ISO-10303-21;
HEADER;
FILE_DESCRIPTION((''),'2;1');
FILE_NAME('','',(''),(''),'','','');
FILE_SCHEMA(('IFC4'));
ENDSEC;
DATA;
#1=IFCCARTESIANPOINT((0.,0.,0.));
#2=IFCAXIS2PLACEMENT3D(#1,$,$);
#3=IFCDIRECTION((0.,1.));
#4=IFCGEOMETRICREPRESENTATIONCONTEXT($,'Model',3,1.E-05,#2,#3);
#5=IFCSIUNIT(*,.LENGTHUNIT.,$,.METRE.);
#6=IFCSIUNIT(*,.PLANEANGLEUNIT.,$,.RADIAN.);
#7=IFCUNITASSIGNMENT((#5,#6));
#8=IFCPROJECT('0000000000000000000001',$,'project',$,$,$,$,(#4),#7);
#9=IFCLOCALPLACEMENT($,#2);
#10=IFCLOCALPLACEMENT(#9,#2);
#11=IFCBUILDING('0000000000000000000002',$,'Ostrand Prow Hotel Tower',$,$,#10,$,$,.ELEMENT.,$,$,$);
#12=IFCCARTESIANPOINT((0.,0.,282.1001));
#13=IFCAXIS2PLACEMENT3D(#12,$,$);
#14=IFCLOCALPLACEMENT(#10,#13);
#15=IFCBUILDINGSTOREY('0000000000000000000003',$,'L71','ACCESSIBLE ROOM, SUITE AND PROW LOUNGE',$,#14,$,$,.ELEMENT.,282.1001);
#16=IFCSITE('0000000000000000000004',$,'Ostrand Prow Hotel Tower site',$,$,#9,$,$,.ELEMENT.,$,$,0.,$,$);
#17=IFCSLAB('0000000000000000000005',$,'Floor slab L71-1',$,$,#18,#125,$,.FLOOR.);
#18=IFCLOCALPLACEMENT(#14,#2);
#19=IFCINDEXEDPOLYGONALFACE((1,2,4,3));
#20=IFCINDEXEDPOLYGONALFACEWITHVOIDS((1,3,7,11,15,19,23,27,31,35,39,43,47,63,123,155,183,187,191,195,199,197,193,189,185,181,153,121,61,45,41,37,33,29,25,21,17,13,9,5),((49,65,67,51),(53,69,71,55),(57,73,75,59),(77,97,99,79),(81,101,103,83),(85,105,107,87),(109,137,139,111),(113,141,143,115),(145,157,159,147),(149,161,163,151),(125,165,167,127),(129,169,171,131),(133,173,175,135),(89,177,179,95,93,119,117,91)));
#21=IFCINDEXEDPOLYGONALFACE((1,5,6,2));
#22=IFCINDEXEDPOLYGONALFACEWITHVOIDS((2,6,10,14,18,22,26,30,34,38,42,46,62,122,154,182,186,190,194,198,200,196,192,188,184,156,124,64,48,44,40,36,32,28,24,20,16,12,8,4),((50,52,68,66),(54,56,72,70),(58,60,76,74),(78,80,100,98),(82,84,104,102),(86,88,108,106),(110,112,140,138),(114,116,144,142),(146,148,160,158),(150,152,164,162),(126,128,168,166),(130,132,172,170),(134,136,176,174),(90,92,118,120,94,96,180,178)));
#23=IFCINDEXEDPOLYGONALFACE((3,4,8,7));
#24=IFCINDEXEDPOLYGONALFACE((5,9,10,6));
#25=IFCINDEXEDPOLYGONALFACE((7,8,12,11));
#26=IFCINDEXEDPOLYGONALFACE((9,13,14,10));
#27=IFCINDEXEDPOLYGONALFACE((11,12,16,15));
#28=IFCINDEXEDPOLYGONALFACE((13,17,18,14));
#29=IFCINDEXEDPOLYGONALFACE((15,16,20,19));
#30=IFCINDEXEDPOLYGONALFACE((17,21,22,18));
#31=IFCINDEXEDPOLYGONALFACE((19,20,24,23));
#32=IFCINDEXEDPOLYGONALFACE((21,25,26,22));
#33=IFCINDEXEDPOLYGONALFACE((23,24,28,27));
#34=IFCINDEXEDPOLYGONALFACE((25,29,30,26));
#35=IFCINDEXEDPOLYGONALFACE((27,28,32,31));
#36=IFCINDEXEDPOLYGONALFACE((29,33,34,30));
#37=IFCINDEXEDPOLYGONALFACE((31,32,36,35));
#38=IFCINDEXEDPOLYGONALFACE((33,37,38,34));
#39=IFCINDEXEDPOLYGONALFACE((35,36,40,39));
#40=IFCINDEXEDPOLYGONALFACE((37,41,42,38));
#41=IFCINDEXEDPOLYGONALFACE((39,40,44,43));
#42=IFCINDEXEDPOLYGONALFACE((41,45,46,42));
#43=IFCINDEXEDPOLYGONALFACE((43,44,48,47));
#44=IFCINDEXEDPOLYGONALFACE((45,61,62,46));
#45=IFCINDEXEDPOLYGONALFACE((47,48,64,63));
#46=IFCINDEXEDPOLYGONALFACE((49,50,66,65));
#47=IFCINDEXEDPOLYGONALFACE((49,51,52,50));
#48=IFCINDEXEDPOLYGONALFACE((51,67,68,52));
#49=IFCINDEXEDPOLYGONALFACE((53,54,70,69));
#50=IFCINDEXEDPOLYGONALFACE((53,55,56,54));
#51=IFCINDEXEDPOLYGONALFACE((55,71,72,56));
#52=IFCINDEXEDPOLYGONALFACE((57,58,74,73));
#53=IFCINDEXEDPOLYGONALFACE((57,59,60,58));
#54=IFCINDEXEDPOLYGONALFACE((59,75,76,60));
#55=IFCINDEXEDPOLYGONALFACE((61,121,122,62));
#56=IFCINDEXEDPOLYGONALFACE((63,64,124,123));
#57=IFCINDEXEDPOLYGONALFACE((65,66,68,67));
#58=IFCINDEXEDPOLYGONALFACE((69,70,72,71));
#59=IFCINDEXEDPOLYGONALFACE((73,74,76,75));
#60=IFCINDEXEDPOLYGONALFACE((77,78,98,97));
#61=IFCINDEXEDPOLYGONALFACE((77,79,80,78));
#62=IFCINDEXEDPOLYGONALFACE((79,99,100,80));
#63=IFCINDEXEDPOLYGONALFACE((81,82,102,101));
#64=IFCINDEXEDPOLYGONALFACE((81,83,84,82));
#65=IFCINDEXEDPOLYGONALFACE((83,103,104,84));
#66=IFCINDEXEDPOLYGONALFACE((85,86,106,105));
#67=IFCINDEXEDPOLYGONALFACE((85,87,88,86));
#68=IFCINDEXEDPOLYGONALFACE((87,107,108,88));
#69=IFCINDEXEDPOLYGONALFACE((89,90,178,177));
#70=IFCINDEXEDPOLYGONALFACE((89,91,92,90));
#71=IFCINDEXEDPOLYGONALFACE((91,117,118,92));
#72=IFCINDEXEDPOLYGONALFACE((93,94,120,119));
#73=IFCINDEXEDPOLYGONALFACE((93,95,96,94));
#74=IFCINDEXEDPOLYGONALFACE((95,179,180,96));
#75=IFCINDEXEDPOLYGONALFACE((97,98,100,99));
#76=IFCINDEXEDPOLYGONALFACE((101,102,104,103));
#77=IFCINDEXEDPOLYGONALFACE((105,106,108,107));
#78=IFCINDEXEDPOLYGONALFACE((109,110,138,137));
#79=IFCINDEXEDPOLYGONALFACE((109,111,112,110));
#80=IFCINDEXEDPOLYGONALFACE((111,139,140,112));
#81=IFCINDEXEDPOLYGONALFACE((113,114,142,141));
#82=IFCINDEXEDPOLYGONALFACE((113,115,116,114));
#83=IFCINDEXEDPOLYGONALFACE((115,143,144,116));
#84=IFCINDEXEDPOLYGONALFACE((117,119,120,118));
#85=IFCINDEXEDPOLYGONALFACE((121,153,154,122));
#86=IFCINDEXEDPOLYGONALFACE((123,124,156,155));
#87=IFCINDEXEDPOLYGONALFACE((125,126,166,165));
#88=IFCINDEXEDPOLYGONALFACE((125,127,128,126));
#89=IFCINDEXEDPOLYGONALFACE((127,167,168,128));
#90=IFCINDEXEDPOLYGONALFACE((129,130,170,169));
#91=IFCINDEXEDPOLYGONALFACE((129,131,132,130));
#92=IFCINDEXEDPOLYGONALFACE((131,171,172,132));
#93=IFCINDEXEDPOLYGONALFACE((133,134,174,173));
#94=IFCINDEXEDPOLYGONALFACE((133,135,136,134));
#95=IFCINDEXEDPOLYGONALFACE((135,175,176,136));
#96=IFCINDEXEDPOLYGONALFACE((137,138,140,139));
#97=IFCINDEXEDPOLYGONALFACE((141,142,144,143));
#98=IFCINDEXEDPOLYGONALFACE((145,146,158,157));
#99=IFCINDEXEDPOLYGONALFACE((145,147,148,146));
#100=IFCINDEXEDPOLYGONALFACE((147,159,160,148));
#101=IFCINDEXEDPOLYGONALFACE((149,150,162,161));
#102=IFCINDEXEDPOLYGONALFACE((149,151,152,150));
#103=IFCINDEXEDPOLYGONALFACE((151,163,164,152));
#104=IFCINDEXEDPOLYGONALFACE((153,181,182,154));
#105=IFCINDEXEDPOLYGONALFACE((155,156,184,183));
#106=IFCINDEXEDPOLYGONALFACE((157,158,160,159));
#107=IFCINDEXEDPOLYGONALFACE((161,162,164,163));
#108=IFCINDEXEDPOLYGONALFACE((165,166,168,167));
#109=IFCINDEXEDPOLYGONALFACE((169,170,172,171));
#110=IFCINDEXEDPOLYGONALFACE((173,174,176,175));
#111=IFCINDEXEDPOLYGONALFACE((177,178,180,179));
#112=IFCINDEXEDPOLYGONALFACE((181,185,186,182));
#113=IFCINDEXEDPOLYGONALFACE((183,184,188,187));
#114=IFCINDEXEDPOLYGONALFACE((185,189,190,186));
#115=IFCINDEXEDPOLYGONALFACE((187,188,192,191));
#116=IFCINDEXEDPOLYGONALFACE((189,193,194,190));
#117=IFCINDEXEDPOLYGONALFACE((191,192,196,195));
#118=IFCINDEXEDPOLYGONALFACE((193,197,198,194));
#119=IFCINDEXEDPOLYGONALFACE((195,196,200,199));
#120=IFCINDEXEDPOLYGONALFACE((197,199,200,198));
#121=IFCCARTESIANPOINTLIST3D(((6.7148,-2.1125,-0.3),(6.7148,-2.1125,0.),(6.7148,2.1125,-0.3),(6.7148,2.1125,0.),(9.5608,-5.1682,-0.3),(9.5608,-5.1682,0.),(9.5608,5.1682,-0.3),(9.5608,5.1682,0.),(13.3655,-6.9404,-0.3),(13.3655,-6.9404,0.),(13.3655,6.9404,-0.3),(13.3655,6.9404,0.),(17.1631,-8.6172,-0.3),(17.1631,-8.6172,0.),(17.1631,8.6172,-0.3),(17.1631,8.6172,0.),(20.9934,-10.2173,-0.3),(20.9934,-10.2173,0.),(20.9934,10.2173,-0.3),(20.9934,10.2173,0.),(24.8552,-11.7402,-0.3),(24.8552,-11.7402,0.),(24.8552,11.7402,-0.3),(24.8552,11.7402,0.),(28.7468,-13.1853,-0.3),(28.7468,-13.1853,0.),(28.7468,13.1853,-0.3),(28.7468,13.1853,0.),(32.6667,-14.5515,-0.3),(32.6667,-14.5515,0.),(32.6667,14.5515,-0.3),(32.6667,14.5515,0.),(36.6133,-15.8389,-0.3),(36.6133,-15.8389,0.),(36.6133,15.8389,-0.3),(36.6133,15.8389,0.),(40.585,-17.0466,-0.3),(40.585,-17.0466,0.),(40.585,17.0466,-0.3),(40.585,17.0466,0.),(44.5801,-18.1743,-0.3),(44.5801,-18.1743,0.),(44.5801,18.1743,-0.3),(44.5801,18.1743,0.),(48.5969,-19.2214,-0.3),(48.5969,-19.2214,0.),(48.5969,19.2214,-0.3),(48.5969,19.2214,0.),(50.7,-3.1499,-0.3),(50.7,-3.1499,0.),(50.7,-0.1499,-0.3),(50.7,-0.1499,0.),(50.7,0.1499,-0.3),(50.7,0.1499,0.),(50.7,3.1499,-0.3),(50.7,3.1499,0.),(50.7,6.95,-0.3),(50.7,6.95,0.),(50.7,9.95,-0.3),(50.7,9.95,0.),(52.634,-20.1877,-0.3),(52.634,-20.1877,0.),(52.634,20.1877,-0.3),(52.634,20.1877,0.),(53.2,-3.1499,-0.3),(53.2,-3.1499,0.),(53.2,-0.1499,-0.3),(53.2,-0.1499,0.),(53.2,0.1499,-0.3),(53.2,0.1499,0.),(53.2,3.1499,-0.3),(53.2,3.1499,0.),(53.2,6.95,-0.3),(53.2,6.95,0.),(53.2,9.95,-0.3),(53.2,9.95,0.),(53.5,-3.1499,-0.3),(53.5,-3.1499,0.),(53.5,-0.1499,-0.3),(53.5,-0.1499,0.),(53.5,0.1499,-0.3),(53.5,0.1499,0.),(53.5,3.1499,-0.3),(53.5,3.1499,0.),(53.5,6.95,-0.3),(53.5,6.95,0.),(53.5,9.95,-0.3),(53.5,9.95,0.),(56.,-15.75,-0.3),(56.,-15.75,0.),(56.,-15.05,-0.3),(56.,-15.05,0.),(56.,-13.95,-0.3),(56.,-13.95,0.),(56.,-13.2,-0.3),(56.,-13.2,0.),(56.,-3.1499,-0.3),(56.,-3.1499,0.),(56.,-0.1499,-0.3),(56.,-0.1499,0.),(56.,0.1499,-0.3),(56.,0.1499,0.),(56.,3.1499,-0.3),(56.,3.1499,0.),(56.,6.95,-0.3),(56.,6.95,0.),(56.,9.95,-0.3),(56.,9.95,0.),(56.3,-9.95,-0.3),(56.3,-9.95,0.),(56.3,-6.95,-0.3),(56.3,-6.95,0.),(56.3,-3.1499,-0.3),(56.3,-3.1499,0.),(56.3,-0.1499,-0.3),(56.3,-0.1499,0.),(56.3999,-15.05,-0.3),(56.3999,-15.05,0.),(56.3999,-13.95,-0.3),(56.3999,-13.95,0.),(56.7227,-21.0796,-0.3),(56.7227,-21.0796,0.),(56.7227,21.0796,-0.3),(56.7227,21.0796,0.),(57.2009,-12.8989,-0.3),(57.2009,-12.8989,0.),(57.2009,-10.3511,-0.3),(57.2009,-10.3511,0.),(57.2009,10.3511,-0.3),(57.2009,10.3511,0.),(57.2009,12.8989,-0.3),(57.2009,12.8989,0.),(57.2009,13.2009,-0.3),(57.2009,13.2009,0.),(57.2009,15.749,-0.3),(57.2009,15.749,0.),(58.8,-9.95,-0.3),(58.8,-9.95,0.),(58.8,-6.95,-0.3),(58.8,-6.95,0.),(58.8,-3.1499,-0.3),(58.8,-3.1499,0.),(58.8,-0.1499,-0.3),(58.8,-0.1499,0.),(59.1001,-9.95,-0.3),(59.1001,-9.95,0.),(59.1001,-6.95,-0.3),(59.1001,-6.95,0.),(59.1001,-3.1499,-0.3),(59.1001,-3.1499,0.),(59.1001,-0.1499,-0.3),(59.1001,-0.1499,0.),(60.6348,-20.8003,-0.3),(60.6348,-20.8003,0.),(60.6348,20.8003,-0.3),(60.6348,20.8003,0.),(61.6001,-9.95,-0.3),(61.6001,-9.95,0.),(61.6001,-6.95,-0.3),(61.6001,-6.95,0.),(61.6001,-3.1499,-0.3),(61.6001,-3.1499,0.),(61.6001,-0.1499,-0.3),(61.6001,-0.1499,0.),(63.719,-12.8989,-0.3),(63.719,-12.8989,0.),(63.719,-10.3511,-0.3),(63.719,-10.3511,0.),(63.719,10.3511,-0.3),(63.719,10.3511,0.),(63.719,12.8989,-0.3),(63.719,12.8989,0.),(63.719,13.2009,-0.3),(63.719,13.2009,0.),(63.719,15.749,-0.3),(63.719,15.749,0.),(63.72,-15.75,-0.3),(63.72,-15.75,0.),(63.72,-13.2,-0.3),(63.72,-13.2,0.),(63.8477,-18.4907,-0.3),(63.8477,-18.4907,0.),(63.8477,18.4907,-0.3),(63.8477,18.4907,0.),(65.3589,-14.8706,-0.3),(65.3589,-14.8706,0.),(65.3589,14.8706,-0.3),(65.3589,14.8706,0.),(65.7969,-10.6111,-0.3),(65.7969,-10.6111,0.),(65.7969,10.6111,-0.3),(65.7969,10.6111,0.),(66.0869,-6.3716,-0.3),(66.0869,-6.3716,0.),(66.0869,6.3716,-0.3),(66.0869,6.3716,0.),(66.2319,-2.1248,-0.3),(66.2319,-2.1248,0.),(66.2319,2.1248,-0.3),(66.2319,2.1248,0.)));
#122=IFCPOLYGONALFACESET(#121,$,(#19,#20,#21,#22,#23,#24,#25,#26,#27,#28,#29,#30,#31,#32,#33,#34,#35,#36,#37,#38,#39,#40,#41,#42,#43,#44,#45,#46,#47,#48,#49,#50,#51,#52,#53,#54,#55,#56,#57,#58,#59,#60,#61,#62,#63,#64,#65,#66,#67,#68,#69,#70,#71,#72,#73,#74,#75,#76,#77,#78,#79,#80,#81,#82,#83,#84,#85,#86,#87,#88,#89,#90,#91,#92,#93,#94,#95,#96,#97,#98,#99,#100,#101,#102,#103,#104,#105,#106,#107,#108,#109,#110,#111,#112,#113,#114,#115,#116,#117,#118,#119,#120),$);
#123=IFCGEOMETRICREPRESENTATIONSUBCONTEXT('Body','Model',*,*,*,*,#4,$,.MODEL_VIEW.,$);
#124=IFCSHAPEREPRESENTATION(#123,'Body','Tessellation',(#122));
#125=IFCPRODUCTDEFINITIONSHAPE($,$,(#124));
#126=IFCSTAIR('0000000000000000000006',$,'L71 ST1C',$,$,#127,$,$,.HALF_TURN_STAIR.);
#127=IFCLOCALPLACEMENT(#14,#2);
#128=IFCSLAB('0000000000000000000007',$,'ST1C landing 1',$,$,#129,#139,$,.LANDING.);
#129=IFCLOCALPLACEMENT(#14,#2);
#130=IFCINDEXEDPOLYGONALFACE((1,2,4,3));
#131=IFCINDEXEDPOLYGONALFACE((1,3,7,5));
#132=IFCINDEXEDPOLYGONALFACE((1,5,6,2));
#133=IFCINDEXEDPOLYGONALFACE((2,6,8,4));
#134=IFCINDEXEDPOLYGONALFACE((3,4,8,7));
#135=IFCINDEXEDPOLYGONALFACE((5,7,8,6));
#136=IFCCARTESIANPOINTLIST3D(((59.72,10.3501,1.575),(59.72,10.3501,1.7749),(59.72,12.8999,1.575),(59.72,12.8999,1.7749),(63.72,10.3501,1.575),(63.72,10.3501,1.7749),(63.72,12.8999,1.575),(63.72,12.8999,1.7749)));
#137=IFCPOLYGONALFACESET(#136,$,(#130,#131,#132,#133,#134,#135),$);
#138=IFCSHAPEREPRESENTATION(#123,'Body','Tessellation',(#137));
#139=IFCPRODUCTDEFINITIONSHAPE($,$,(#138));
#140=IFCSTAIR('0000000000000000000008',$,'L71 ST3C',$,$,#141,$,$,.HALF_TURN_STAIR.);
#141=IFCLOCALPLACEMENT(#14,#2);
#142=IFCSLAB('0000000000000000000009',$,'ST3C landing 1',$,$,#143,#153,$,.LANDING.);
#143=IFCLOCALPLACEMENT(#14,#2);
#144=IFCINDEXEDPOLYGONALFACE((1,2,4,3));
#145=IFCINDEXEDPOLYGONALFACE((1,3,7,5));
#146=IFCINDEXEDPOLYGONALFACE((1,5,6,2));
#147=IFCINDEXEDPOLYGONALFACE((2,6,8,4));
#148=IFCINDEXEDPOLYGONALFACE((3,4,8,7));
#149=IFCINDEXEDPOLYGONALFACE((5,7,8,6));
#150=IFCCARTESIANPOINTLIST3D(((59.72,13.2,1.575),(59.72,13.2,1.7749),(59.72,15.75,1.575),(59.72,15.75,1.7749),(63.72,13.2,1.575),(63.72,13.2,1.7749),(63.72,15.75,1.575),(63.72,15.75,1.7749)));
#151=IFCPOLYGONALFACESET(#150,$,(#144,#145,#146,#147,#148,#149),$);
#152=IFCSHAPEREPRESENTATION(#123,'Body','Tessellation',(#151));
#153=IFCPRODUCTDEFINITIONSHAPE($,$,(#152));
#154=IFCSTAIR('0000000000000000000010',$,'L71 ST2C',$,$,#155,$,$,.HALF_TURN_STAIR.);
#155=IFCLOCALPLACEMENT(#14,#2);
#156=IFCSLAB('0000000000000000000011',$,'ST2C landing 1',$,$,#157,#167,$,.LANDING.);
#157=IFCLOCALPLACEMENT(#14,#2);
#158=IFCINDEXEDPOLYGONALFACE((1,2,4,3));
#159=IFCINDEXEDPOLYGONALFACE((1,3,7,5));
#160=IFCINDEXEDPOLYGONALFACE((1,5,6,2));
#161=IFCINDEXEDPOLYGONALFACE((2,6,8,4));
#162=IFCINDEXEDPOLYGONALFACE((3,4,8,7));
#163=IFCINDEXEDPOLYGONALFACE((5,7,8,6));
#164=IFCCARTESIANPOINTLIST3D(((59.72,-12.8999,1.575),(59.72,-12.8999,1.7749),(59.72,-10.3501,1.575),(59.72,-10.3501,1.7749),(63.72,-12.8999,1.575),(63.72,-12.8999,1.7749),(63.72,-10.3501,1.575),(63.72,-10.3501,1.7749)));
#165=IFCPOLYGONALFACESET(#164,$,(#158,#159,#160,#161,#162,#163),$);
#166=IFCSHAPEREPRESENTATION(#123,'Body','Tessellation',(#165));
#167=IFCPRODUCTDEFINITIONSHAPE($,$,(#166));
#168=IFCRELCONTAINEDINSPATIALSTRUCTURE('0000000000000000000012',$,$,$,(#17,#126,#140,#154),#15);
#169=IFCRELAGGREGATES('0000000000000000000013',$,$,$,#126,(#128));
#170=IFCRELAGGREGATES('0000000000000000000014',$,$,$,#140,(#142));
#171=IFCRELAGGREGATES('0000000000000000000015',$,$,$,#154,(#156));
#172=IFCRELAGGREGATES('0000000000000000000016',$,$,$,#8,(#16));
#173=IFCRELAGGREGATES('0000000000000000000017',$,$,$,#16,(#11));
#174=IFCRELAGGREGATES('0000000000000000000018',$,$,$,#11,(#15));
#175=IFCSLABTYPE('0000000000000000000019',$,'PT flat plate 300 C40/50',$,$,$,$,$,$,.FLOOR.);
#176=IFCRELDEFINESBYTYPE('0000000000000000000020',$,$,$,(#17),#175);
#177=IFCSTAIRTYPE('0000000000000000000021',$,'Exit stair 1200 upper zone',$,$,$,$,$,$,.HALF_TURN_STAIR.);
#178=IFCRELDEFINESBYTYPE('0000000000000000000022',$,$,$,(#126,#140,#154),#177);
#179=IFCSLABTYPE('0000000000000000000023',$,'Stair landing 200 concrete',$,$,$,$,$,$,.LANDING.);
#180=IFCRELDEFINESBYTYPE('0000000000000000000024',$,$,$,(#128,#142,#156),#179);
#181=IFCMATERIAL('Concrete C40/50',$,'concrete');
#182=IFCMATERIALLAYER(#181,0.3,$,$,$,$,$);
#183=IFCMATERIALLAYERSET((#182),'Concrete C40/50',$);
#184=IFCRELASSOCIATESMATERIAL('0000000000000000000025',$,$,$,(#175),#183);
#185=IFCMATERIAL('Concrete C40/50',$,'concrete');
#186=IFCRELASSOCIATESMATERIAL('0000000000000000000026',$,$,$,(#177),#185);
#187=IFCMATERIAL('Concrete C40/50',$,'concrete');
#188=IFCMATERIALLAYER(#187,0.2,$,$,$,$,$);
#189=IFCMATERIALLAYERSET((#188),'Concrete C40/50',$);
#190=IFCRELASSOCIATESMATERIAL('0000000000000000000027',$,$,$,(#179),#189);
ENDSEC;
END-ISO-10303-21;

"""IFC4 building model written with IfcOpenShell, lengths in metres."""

from ifc_helpers import new_model, si_unit, direction, frame, origin, place, context, subcontext, project, spatial, polyline, outline, extrude, material, layer, layer_set, type_object, element, aggregate, save


model = new_model("IFC4")

# Units and contexts
model_context = context("Model", 3, precision=1e-05, world=origin(), true_north=direction((0.0, 1.0)))
body_context = subcontext(model_context, "Body", "Model", "MODEL_VIEW")
ifc_project = project(units=[si_unit("LENGTHUNIT", "METRE"), si_unit("PLANEANGLEUNIT", "RADIAN")], contexts=[model_context])

# Site, building, storey
site_placement = place(None, origin())
site = spatial("IfcSite", under=ifc_project, at=site_placement, Name="Ostrand Prow Hotel Tower site", CompositionType="ELEMENT", RefElevation=0.0)
building_placement = place(site_placement, origin())
building = spatial("IfcBuilding", under=site, at=building_placement, Name="Ostrand Prow Hotel Tower", CompositionType="ELEMENT")
storey_placement = place(building_placement, frame((0.0, 0.0, 282.1001)))
storey = spatial("IfcBuildingStorey", under=building, at=storey_placement, Name="L71", Description="ACCESSIBLE ROOM, SUITE AND PROW LOUNGE", CompositionType="ELEMENT", Elevation=282.1001)

# Slab, opening
ifc_material_1 = material(Name="Concrete C40/50", Category="concrete")
ifc_layer_1 = layer(ifc_material_1, 0.3)
ifc_layer_set_1 = layer_set([ifc_layer_1], Name="Concrete C40/50")
slab_type_1 = type_object("IfcSlabType", Name="PT flat plate 300 C40/50", PredefinedType="FLOOR", material=ifc_layer_set_1)
slab_1_placement = place(storey_placement, frame((0.0, 0.0, -0.3)))
slab_1 = element("IfcSlab", 1, at=slab_1_placement, inside=storey, type_object=slab_type_1, Name="Floor slab L71-1", PredefinedType="FLOOR", context=body_context, shape_type="SweptSolid", body=[
    extrude(outline(polyline([(9.5608, 5.1682), (13.3655, 6.9404), (17.1631, 8.6172), (20.9934, 10.2173), (24.8552, 11.7402), (28.7468, 13.1853), (32.6667, 14.5515), (36.6133, 15.8389), (40.585, 17.0466), (44.5801, 18.1743), (48.5969, 19.2214), (52.634, 20.1877), (56.7227, 21.0796), (60.6348, 20.8003), (63.8477, 18.4907), (65.3589, 14.8706), (65.7969, 10.6111), (66.0869, 6.3716), (66.2319, 2.1248), (66.2319, -2.1248), (66.0869, -6.3716), (65.7969, -10.6111), (65.3589, -14.8706), (63.8477, -18.4907), (60.6348, -20.8003), (56.7227, -21.0796), (52.634, -20.1877), (48.5969, -19.2214), (44.5801, -18.1743), (40.585, -17.0466), (36.6133, -15.8389), (32.6667, -14.5515), (28.7468, -13.1853), (24.8552, -11.7402), (20.9934, -10.2173), (17.1631, -8.6172), (13.3655, -6.9404), (9.5608, -5.1682), (6.7148, -2.1125), (6.7148, 2.1125), (9.5608, 5.1682)]), holes=[polyline([(50.7, 6.95), (53.2, 6.95), (53.2, 9.95), (50.7, 9.95), (50.7, 6.95)]), polyline([(53.5, 6.95), (56.0, 6.95), (56.0, 9.95), (53.5, 9.95), (53.5, 6.95)]), polyline([(50.7, 0.1499), (53.2, 0.1499), (53.2, 3.1499), (50.7, 3.1499), (50.7, 0.1499)]), polyline([(53.5, 0.1499), (56.0, 0.1499), (56.0, 3.1499), (53.5, 3.1499), (53.5, 0.1499)]), polyline([(50.7, -3.1499), (53.2, -3.1499), (53.2, -0.1499), (50.7, -0.1499), (50.7, -3.1499)]), polyline([(53.5, -3.1499), (56.0, -3.1499), (56.0, -0.1499), (53.5, -0.1499), (53.5, -3.1499)]), polyline([(56.3, -3.1499), (58.8, -3.1499), (58.8, -0.1499), (56.3, -0.1499), (56.3, -3.1499)]), polyline([(59.1001, -3.1499), (61.6001, -3.1499), (61.6001, -0.1499), (59.1001, -0.1499), (59.1001, -3.1499)]), polyline([(56.3, -9.95), (58.8, -9.95), (58.8, -6.95), (56.3, -6.95), (56.3, -9.95)]), polyline([(59.1001, -9.95), (61.6001, -9.95), (61.6001, -6.95), (59.1001, -6.95), (59.1001, -9.95)]), polyline([(57.2009, 10.3511), (57.2009, 12.8989), (63.719, 12.8989), (63.719, 10.3511), (57.2009, 10.3511)]), polyline([(57.2009, 13.2009), (57.2009, 15.749), (63.719, 15.749), (63.719, 13.2009), (57.2009, 13.2009)]), polyline([(57.2009, -12.8989), (57.2009, -10.3511), (63.719, -10.3511), (63.719, -12.8989), (57.2009, -12.8989)]), polyline([(56.0, -13.95), (56.0, -13.2), (63.72, -13.2), (63.72, -15.75), (56.0, -15.75), (56.0, -15.05), (56.3999, -15.05), (56.3999, -13.95), (56.0, -13.95)])]), origin(), (0.0, 0.0, 1.0), 0.3),
])
opening_placement = place(slab_1_placement, origin())
element("IfcOpeningElement", 2, at=opening_placement, cuts=slab_1, PredefinedType="OPENING", context=body_context, shape_type="SweptSolid", body=[
    extrude(outline(polyline([(56.0, -13.95), (56.0, -13.2), (63.72, -13.2), (63.72, -15.75), (56.0, -15.75), (56.0, -15.05), (56.3999, -15.05), (56.3999, -13.95), (56.0, -13.95)])), origin(), (0.0, 0.0, 1.0), 0.3),
])

# Stairs, slabs
ifc_material_2 = material(Name="Concrete C40/50", Category="concrete")
stair_type = type_object("IfcStairType", Name="Exit stair 1200 upper zone", PredefinedType="HALF_TURN_STAIR", material=ifc_material_2)
stair_1_placement = place(storey_placement, origin())
stair_1 = element("IfcStair", 3, at=stair_1_placement, inside=storey, type_object=stair_type, Name="L71 ST1C", PredefinedType="HALF_TURN_STAIR")
ifc_material_3 = material(Name="Concrete C40/50", Category="concrete")
ifc_layer_2 = layer(ifc_material_3, 0.2)
ifc_layer_set_2 = layer_set([ifc_layer_2], Name="Concrete C40/50")
slab_type_2 = type_object("IfcSlabType", Name="Stair landing 200 concrete", PredefinedType="LANDING", material=ifc_layer_set_2)
slab_2_placement = place(storey_placement, frame((0.0, 0.0, 1.575)))
slab_2 = element("IfcSlab", 4, at=slab_2_placement, type_object=slab_type_2, Name="ST1C landing 1", PredefinedType="LANDING", context=body_context, shape_type="SweptSolid", body=[
    extrude(outline(polyline([(59.72, 10.3501), (63.72, 10.3501), (63.72, 12.8999), (59.72, 12.8999), (59.72, 10.3501)])), origin(), (0.0, 0.0, 1.0), 0.2),
])
aggregate(stair_1, [slab_2])
stair_2_placement = place(storey_placement, origin())
stair_2 = element("IfcStair", 5, at=stair_2_placement, inside=storey, type_object=stair_type, Name="L71 ST3C", PredefinedType="HALF_TURN_STAIR")
slab_3_placement = place(storey_placement, frame((0.0, 0.0, 1.575)))
slab_3 = element("IfcSlab", 6, at=slab_3_placement, type_object=slab_type_2, Name="ST3C landing 1", PredefinedType="LANDING", context=body_context, shape_type="SweptSolid", body=[
    extrude(outline(polyline([(59.72, 13.2), (63.72, 13.2), (63.72, 15.75), (59.72, 15.75), (59.72, 13.2)])), origin(), (0.0, 0.0, 1.0), 0.2),
])
aggregate(stair_2, [slab_3])
stair_3_placement = place(storey_placement, origin())
stair_3 = element("IfcStair", 7, at=stair_3_placement, inside=storey, type_object=stair_type, Name="L71 ST2C", PredefinedType="HALF_TURN_STAIR")
slab_4_placement = place(storey_placement, frame((0.0, 0.0, 1.575)))
slab_4 = element("IfcSlab", 8, at=slab_4_placement, type_object=slab_type_2, Name="ST2C landing 1", PredefinedType="LANDING", context=body_context, shape_type="SweptSolid", body=[
    extrude(outline(polyline([(59.72, -12.8999), (63.72, -12.8999), (63.72, -10.3501), (59.72, -10.3501), (59.72, -12.8999)])), origin(), (0.0, 0.0, 1.0), 0.2),
])
aggregate(stair_3, [slab_4])

save(model, "model.ifc")
